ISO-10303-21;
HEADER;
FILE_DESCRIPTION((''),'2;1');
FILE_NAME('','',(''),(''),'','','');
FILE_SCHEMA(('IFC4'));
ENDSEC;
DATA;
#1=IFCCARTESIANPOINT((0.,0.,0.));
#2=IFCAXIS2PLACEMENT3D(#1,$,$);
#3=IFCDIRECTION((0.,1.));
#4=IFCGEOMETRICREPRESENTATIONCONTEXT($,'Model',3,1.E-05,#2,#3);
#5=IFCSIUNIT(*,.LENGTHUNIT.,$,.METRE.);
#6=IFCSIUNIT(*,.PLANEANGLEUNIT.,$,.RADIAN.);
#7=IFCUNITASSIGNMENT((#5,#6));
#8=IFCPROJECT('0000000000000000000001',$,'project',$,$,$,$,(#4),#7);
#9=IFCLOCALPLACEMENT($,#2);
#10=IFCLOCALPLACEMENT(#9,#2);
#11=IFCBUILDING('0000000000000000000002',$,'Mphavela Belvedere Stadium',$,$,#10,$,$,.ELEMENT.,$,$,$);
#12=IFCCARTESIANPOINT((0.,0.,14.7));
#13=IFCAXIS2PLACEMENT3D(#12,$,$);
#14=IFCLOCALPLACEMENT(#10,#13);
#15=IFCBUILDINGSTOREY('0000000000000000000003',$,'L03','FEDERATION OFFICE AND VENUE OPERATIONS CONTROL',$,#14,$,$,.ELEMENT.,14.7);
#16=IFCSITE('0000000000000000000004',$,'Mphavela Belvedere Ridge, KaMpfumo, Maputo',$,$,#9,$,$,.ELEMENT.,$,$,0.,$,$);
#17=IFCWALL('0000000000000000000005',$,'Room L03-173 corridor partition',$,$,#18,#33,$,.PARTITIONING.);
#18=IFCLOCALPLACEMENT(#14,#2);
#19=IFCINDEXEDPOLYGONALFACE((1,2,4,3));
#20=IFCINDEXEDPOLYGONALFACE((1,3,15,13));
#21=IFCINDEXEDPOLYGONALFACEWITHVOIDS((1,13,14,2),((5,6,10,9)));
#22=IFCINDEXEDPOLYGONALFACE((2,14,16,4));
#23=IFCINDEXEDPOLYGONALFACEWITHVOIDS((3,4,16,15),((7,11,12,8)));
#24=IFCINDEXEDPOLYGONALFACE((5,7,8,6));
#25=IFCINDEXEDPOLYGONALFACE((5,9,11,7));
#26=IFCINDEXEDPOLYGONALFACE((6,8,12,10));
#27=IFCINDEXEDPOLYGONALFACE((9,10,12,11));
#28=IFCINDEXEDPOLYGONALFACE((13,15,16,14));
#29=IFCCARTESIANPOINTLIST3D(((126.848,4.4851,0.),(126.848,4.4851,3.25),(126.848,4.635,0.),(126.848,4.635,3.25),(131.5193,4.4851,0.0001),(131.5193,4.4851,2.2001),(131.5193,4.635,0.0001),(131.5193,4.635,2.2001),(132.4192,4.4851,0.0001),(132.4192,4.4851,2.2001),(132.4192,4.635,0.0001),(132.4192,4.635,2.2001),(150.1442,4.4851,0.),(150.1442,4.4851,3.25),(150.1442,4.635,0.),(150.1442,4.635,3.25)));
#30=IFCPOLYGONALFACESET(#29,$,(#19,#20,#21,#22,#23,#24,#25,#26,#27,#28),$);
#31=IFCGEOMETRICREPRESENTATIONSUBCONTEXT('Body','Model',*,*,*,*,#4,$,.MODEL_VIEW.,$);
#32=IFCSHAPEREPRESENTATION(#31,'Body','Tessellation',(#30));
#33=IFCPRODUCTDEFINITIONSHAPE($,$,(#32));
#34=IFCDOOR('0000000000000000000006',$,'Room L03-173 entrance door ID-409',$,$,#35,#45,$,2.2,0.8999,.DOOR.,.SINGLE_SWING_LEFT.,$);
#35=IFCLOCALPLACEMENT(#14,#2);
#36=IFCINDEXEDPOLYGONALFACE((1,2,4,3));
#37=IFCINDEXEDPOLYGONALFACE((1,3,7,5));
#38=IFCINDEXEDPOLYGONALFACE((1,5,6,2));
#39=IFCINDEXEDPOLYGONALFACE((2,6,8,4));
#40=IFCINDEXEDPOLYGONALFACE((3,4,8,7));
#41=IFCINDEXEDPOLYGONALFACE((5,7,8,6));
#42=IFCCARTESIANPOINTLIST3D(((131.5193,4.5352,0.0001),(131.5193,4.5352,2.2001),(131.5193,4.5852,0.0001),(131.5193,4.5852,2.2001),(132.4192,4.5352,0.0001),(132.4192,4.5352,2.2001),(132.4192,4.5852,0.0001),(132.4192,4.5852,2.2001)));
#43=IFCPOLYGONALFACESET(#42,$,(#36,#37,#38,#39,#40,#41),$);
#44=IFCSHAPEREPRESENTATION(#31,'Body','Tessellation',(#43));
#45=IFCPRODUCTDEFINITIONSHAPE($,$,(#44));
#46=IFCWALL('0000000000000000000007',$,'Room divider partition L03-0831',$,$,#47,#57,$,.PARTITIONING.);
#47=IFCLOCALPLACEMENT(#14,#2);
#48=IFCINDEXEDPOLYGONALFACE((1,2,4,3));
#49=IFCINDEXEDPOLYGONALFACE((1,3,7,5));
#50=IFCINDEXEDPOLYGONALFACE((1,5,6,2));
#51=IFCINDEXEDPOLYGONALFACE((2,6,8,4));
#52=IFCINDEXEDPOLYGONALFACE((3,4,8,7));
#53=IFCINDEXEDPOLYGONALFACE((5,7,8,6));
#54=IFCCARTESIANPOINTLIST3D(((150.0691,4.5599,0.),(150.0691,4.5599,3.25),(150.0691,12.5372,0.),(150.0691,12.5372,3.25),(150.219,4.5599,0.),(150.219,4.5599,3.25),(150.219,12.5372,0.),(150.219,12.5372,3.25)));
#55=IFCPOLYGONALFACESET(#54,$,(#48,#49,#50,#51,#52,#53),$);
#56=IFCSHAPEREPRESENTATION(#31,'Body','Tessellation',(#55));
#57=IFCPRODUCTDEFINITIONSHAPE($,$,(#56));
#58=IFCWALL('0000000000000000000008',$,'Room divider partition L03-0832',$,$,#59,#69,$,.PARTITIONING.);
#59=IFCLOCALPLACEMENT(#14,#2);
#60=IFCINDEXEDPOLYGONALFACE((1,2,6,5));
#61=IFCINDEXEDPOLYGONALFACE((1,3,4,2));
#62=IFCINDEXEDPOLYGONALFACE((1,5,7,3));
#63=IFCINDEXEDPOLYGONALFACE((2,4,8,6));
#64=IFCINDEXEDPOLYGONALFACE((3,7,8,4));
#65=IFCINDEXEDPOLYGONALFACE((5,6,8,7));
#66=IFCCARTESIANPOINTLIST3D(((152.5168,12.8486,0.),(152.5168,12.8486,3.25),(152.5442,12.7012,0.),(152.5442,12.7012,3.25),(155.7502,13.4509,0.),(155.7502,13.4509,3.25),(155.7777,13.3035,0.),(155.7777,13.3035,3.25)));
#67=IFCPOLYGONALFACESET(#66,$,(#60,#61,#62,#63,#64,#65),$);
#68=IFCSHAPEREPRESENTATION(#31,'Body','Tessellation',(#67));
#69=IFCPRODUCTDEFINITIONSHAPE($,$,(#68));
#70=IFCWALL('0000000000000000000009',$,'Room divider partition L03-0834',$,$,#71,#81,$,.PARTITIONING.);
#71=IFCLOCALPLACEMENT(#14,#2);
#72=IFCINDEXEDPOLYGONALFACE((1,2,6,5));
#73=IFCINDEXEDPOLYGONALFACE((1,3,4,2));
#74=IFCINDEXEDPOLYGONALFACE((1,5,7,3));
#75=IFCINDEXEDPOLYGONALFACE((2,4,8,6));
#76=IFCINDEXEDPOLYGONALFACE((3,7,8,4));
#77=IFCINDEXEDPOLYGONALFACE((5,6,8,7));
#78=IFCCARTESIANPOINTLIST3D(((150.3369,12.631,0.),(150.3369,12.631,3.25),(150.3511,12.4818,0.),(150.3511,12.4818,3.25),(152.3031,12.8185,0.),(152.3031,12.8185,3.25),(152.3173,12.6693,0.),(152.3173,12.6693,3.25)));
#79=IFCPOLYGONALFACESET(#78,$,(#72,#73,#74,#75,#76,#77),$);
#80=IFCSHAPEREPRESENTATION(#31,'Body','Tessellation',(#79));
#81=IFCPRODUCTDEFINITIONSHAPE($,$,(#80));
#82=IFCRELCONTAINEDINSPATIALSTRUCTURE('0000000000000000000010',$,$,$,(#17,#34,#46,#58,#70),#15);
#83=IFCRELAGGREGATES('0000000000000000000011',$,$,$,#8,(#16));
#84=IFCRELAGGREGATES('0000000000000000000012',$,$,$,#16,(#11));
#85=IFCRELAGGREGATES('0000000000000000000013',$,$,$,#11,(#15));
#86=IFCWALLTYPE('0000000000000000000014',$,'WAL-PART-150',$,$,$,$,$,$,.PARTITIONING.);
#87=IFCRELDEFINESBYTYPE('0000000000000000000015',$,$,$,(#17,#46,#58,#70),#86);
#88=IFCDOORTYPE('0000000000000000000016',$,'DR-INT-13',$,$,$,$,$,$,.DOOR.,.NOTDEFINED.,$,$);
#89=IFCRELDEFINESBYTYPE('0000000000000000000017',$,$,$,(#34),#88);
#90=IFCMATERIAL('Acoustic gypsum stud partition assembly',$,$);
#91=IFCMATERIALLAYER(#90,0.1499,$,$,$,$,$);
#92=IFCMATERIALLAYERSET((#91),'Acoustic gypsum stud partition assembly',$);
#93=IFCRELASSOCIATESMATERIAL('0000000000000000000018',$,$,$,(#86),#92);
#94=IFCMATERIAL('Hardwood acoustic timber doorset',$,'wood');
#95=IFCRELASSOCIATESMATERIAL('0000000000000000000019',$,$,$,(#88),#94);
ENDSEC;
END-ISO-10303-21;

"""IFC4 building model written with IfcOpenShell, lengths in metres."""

from ifc_helpers import new_model, si_unit, direction, frame, frame_2d, origin, place, context, subcontext, project, spatial, rectangle, extrude, material, layer, layer_set, type_object, element, fill, save


model = new_model("IFC4")

# Units and contexts
model_context = context("Model", 3, precision=1e-05, world=origin(), true_north=direction((0.0, 1.0)))
body_context = subcontext(model_context, "Body", "Model", "MODEL_VIEW")
ifc_project = project(units=[si_unit("LENGTHUNIT", "METRE"), si_unit("PLANEANGLEUNIT", "RADIAN")], contexts=[model_context])

# Site, building, storey
site_placement = place(None, origin())
site = spatial("IfcSite", under=ifc_project, at=site_placement, Name="Mphavela Belvedere Ridge, KaMpfumo, Maputo", CompositionType="ELEMENT", RefElevation=0.0)
building_placement = place(site_placement, origin())
building = spatial("IfcBuilding", under=site, at=building_placement, Name="Mphavela Belvedere Stadium", CompositionType="ELEMENT")
storey_placement = place(building_placement, frame((0.0, 0.0, 14.7)))
storey = spatial("IfcBuildingStorey", under=building, at=storey_placement, Name="L03", Description="FEDERATION OFFICE AND VENUE OPERATIONS CONTROL", CompositionType="ELEMENT", Elevation=14.7)

# Wall, opening, door
ifc_material_1 = material(Name="Acoustic gypsum stud partition assembly")
ifc_layer_1 = layer(ifc_material_1, 0.1499)
ifc_layer_set_1 = layer_set([ifc_layer_1], Name="Acoustic gypsum stud partition assembly")
wall_type_1 = type_object("IfcWallType", Name="WAL-PART-150", PredefinedType="PARTITIONING", material=ifc_layer_set_1)
wall_1_placement = place(storey_placement, frame((150.144, 4.5601, 0.0), z_axis=(0.0, 0.0, 1.0), x_axis=(-1.0, 0.0, 0.0)))
wall_1 = element("IfcWall", 1, at=wall_1_placement, inside=storey, type_object=wall_type_1, Name="Room L03-173 corridor partition", PredefinedType="PARTITIONING", context=body_context, shape_type="SweptSolid", body=[
    extrude(rectangle(XDim=23.2961, YDim=0.1499, at=frame_2d((11.6479, 0.0))), origin(), (0.0, 0.0, 1.0), 3.25),
])
opening_1_placement = place(wall_1_placement, frame((17.7249, 0.0, 0.0)))
opening_1 = element("IfcOpeningElement", 2, at=opening_1_placement, cuts=wall_1, PredefinedType="OPENING", context=body_context, shape_type="SweptSolid", body=[
    extrude(rectangle(XDim=0.8999, YDim=2.2, at=frame_2d((0.45, 1.1001))), frame((0.0, 0.085, 0.0), z_axis=(0.0, -1.0, 0.0), x_axis=(1.0, 0.0, 0.0)), (0.0, 0.0, 1.0), 0.1699),
])
ifc_material_2 = material(Name="Hardwood acoustic timber doorset", Category="wood")
door_type = type_object("IfcDoorType", Name="DR-INT-13", OperationType="NOTDEFINED", PredefinedType="DOOR", material=ifc_material_2)
door_placement = place(opening_1_placement, origin())
door = element("IfcDoor", 3, at=door_placement, inside=storey, type_object=door_type, Name="Room L03-173 entrance door ID-409", OperationType="SINGLE_SWING_LEFT", OverallHeight=2.2, OverallWidth=0.8999, PredefinedType="DOOR", context=body_context, shape_type="SweptSolid", body=[
    extrude(rectangle(XDim=0.8999, YDim=2.2, at=frame_2d((0.45, 1.1001))), frame((0.0, 0.0249, 0.0), z_axis=(0.0, -1.0, 0.0), x_axis=(1.0, 0.0, 0.0)), (0.0, 0.0, 1.0), 0.05),
])
fill(opening_1, door)

# Walls
wall_2_placement = place(storey_placement, frame((150.144, 12.5374, 0.0), z_axis=(0.0, 0.0, 1.0), x_axis=(0.0, -1.0, 0.0)))
element("IfcWall", 4, at=wall_2_placement, inside=storey, type_object=wall_type_1, Name="Room divider partition L03-0831", PredefinedType="PARTITIONING", context=body_context, shape_type="SweptSolid", body=[
    extrude(rectangle(XDim=7.9773, YDim=0.1499, at=frame_2d((3.9888, 0.0))), origin(), (0.0, 0.0, 1.0), 3.25),
])
wall_3_placement = place(storey_placement, frame((152.5305, 12.7749, 0.0), z_axis=(0.0, 0.0, 1.0), x_axis=(0.98309, 0.183123, 0.0)))
element("IfcWall", 5, at=wall_3_placement, inside=storey, type_object=wall_type_1, Name="Room divider partition L03-0832", PredefinedType="PARTITIONING", context=body_context, shape_type="SweptSolid", body=[
    extrude(rectangle(XDim=3.2891, YDim=0.1499, at=frame_2d((1.6445, 0.0))), origin(), (0.0, 0.0, 1.0), 3.25),
])
wall_4_placement = place(storey_placement, frame((150.344, 12.5564, 0.0), z_axis=(0.0, 0.0, 1.0), x_axis=(0.995483, 0.094937, 0.0)))
element("IfcWall", 6, at=wall_4_placement, inside=storey, type_object=wall_type_1, Name="Room divider partition L03-0834", PredefinedType="PARTITIONING", context=body_context, shape_type="SweptSolid", body=[
    extrude(rectangle(XDim=1.9751, YDim=0.1499, at=frame_2d((0.9875, 0.0))), origin(), (0.0, 0.0, 1.0), 3.25),
])

save(model, "model.ifc")
